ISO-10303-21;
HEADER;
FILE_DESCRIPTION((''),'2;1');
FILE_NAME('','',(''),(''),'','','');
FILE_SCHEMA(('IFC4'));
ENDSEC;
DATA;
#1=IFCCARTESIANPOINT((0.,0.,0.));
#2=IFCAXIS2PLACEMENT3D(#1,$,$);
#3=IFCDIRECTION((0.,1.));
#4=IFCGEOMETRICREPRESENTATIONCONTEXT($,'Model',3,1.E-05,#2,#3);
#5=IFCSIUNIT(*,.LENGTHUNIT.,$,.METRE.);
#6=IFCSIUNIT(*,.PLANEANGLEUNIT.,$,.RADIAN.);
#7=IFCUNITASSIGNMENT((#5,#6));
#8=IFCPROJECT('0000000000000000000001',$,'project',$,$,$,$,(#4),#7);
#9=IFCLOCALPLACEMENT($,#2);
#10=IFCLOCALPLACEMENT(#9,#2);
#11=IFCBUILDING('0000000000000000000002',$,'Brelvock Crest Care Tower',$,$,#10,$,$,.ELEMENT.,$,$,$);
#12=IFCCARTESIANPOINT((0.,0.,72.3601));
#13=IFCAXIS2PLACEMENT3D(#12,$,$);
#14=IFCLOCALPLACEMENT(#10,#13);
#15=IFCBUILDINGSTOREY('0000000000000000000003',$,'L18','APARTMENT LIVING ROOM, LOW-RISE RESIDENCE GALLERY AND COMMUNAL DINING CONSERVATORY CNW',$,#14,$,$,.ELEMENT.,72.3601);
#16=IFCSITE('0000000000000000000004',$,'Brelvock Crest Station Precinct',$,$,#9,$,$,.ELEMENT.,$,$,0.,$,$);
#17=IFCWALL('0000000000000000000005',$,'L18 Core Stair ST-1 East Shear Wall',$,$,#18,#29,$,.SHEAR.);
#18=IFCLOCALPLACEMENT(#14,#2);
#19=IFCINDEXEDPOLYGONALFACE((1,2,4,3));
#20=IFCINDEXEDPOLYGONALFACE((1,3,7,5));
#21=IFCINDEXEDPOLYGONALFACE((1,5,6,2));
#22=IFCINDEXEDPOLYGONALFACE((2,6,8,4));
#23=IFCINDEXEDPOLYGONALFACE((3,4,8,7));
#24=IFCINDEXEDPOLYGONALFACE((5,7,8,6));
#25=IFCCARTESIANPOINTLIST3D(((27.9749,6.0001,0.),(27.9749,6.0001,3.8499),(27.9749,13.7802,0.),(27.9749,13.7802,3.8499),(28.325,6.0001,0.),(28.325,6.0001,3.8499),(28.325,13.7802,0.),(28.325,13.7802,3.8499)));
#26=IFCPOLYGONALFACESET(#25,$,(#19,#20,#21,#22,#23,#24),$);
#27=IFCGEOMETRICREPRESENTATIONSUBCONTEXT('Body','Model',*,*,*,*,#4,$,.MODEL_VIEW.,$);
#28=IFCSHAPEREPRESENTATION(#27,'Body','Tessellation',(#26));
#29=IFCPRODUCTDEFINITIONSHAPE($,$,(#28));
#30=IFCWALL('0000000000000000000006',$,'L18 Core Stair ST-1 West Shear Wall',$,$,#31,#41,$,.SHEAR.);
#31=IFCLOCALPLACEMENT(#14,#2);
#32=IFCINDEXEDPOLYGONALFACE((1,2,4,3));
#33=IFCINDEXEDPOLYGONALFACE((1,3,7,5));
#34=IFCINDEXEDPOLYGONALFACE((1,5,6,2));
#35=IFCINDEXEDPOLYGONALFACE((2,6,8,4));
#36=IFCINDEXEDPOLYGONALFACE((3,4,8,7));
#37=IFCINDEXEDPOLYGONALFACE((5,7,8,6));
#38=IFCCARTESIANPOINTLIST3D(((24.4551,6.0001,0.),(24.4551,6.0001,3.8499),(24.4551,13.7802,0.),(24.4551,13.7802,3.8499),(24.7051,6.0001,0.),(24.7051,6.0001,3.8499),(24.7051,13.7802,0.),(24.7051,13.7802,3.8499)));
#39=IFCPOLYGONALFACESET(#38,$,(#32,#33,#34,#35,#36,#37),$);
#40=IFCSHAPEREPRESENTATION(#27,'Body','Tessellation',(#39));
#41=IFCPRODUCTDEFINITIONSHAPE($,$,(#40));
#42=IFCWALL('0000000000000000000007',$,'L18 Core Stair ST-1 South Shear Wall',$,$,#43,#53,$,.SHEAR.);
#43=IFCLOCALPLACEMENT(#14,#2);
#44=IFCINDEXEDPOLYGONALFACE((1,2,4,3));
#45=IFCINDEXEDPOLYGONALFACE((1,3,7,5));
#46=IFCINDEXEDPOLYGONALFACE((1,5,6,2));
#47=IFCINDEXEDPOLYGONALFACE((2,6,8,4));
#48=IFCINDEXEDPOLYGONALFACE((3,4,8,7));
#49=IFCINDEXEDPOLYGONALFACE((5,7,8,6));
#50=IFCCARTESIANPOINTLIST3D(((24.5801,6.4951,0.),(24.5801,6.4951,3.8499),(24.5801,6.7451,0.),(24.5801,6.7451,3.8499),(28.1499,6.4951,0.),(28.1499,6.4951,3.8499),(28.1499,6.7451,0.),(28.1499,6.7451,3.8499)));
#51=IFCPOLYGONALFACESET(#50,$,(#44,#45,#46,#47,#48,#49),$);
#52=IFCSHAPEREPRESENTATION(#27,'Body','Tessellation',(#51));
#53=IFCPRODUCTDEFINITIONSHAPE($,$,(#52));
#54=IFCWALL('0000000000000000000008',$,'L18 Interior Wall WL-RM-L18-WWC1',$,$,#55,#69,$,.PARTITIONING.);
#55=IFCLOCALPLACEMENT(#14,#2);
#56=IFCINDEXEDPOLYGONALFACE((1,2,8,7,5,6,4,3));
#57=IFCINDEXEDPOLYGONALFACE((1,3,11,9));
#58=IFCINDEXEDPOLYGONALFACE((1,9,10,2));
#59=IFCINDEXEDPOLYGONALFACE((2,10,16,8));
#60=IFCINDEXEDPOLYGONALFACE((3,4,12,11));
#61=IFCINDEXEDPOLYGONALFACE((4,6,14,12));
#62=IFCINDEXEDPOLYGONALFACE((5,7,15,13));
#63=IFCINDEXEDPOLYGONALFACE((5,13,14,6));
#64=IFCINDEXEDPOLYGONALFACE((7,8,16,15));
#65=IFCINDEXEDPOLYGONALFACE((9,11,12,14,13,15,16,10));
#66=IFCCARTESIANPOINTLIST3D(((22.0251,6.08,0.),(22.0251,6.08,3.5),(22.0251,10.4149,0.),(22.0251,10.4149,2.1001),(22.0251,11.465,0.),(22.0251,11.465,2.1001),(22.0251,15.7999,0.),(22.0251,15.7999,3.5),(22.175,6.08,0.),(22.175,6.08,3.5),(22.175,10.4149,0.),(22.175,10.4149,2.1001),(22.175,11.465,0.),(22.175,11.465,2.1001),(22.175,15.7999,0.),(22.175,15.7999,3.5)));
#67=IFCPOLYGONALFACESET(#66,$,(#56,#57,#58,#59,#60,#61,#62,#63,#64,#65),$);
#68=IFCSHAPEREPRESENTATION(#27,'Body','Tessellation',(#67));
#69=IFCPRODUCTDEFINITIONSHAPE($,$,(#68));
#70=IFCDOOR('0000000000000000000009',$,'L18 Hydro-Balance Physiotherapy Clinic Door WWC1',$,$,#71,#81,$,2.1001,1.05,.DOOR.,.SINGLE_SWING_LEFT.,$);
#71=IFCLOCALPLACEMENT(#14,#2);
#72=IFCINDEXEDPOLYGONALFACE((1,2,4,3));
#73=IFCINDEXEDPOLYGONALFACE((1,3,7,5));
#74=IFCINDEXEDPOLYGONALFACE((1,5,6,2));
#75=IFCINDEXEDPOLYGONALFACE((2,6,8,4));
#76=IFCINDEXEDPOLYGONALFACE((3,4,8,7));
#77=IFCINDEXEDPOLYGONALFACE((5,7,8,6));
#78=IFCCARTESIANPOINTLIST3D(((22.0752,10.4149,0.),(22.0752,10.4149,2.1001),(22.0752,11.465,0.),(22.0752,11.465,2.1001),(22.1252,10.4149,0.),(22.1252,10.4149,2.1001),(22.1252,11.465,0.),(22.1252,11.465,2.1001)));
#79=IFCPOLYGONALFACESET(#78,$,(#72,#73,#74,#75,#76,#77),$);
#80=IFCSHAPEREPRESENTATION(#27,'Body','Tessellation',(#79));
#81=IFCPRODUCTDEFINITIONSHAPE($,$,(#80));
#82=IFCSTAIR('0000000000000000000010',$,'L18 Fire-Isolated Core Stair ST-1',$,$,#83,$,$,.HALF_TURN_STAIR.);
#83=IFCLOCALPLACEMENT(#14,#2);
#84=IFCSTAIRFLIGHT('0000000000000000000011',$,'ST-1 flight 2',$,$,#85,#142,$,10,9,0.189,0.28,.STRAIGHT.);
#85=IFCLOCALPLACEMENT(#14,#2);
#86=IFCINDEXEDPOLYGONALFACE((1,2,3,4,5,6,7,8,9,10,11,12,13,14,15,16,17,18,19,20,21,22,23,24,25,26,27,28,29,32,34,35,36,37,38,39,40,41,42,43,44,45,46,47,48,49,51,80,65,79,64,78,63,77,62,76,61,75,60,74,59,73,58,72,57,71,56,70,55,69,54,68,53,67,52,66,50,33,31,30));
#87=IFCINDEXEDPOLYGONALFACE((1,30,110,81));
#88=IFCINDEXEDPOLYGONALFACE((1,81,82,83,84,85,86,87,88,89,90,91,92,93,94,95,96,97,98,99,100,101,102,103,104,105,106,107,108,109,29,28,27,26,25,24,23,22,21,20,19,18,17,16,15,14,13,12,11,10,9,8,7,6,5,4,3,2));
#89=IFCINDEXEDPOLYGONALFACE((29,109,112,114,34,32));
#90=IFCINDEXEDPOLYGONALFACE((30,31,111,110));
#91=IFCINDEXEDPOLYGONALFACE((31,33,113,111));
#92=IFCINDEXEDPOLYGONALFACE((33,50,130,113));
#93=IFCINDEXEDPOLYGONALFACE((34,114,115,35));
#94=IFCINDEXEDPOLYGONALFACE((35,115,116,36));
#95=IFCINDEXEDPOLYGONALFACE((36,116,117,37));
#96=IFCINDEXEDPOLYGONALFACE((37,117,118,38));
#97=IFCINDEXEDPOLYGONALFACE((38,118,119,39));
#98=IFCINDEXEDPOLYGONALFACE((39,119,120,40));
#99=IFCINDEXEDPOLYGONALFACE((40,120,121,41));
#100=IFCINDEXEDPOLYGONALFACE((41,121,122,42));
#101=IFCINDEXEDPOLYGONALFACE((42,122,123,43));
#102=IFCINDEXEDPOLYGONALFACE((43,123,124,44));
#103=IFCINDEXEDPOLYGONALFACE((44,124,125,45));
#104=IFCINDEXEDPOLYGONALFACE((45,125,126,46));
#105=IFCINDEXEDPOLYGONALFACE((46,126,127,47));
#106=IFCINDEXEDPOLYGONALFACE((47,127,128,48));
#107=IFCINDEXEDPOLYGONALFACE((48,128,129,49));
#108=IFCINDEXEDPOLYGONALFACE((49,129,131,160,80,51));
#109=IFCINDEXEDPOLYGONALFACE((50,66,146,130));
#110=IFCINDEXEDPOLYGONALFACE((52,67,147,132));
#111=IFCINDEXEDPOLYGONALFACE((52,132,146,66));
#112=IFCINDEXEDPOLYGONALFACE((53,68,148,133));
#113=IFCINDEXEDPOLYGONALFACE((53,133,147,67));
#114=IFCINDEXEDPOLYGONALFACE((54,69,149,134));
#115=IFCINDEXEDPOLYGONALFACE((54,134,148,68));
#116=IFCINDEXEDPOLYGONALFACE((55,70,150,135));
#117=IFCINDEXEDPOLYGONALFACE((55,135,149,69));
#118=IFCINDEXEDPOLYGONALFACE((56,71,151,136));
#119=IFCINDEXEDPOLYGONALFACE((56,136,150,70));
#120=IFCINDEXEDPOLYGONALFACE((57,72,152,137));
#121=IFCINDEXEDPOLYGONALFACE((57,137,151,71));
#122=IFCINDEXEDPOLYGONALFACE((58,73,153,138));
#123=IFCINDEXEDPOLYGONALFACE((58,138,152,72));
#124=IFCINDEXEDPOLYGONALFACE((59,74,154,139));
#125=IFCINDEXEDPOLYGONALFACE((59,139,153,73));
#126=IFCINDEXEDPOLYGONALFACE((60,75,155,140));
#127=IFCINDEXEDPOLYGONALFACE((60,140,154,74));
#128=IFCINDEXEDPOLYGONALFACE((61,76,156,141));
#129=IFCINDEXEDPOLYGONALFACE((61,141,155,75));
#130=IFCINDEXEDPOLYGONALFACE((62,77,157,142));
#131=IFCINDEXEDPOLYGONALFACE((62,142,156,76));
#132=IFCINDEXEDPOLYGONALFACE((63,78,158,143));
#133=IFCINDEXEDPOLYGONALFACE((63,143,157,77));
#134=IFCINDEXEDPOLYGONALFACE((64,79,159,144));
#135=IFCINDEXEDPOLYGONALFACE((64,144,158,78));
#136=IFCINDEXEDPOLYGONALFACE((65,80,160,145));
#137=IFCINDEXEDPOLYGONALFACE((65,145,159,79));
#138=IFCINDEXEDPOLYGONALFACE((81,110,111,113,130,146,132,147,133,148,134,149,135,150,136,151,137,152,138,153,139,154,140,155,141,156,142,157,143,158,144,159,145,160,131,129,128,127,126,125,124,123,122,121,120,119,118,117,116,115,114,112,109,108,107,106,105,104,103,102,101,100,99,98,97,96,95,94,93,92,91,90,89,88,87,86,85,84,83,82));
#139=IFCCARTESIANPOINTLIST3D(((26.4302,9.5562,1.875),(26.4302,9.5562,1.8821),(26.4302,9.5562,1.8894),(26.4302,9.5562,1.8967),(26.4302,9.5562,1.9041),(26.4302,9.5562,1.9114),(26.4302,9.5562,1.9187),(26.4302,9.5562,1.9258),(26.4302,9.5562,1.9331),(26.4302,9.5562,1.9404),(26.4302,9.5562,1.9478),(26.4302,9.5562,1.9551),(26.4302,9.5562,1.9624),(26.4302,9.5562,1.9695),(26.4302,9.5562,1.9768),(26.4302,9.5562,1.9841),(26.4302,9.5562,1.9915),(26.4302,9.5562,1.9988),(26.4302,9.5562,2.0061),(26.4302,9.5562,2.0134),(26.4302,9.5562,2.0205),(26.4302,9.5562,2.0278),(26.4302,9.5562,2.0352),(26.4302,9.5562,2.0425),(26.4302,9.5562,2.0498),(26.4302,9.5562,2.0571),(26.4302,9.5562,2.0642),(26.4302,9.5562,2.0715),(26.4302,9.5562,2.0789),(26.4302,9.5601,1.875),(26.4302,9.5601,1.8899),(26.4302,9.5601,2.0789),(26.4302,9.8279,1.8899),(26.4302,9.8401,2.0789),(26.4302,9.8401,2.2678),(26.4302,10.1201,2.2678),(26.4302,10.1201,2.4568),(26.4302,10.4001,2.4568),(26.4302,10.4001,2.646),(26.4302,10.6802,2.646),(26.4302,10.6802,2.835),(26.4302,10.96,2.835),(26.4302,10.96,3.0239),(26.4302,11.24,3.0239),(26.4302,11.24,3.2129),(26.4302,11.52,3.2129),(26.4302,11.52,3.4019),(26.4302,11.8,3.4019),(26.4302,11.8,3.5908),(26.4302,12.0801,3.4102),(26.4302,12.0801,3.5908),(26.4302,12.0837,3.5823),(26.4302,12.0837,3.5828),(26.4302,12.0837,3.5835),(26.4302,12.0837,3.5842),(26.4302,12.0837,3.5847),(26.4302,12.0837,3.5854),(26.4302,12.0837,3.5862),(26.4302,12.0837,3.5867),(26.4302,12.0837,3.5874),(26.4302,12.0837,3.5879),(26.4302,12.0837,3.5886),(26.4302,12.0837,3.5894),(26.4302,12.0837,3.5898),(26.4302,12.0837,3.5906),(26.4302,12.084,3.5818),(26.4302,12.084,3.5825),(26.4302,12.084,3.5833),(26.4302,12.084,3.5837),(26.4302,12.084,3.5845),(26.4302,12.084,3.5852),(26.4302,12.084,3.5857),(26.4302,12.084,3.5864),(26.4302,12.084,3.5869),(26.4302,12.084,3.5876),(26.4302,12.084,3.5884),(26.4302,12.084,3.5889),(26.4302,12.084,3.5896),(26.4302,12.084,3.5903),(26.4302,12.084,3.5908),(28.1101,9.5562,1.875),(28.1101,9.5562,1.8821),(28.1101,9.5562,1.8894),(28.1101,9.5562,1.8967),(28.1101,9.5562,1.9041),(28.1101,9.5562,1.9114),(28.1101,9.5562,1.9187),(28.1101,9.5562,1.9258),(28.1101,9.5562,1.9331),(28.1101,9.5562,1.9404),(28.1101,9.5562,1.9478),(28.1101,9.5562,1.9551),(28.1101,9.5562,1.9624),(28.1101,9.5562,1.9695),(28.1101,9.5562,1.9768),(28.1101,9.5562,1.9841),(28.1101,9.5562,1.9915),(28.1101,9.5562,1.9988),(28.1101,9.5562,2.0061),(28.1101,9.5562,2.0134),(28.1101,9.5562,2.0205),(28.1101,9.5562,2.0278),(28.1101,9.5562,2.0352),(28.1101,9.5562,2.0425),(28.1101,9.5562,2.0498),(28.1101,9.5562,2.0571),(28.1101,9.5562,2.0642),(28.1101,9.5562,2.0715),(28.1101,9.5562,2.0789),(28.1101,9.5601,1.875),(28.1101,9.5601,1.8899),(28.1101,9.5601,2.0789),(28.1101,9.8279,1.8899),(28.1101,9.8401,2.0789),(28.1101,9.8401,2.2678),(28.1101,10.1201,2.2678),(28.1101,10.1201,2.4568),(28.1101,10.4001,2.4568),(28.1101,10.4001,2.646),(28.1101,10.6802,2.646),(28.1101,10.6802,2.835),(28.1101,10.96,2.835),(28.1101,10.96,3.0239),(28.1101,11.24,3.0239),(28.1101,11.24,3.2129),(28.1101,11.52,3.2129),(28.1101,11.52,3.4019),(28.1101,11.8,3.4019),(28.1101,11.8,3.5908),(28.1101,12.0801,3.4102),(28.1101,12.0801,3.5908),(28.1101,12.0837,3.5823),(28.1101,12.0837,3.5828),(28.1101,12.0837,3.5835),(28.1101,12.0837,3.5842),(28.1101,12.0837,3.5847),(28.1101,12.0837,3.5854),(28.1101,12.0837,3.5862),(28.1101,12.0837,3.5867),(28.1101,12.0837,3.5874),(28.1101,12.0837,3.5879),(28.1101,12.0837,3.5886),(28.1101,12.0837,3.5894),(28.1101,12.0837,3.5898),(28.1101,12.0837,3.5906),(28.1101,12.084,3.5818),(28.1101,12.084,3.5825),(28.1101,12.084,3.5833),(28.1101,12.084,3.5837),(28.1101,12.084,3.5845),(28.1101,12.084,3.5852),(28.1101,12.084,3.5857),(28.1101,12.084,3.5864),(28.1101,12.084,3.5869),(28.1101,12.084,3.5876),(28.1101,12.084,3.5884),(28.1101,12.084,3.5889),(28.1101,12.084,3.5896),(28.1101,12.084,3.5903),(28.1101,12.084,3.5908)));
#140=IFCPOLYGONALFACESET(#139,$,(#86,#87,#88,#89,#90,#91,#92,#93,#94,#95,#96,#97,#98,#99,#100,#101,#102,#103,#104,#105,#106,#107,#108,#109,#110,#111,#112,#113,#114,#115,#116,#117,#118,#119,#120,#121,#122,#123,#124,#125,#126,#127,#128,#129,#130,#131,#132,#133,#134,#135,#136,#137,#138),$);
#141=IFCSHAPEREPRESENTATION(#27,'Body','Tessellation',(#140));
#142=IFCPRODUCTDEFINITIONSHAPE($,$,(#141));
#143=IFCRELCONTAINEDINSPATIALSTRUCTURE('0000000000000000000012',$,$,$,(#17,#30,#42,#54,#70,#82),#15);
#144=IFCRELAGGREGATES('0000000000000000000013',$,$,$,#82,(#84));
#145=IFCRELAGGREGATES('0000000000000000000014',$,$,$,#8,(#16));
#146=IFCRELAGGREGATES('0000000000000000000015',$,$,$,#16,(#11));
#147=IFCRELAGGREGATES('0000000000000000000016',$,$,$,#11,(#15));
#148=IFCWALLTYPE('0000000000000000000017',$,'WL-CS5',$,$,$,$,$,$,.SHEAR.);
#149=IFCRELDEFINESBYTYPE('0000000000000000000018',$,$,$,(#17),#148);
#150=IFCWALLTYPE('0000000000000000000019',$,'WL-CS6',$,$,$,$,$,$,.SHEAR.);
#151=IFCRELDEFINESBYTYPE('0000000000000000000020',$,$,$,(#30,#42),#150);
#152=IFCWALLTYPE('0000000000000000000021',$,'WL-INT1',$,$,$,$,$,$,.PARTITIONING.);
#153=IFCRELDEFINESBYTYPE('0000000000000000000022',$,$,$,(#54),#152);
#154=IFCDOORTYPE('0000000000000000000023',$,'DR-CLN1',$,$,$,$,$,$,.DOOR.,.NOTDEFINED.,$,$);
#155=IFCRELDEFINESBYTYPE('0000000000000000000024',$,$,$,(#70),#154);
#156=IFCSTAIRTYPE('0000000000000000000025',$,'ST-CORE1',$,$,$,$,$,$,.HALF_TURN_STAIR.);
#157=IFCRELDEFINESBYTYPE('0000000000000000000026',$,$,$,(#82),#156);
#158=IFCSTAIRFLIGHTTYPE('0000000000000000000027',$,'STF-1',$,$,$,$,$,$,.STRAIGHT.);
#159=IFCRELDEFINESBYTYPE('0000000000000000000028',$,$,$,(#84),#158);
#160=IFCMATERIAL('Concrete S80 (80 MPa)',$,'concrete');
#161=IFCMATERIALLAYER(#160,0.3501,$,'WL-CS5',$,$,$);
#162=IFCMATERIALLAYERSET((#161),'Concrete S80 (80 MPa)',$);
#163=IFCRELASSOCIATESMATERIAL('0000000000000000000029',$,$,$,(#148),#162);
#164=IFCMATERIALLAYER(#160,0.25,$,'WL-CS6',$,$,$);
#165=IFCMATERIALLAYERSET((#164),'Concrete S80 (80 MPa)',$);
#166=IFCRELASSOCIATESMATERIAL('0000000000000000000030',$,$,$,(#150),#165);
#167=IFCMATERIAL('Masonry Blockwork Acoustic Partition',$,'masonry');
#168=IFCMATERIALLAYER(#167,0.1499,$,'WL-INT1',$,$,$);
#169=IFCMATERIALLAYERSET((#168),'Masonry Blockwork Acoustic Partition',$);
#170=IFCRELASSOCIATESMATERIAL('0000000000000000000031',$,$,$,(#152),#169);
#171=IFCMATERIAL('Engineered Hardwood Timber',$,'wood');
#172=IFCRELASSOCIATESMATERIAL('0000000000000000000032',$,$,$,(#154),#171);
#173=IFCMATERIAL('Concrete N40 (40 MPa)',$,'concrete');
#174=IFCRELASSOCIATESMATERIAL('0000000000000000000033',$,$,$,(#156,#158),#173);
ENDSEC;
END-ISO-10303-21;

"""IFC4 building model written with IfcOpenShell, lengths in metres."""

from ifc_helpers import new_model, si_unit, direction, frame, frame_2d, origin, origin_2d, place, context, subcontext, project, spatial, polyline, rectangle, outline, extrude, source, transform, mapped, material, layer, layer_set, type_object, element, fill, aggregate, save


model = new_model("IFC4")

# Units and contexts
model_context = context("Model", 3, precision=1e-05, world=origin(), true_north=direction((0.0, 1.0)))
body_context = subcontext(model_context, "Body", "Model", "MODEL_VIEW")
ifc_project = project(units=[si_unit("LENGTHUNIT", "METRE"), si_unit("PLANEANGLEUNIT", "RADIAN")], contexts=[model_context])

# Site, building, storey
site_placement = place(None, origin())
site = spatial("IfcSite", under=ifc_project, at=site_placement, Name="Brelvock Crest Station Precinct", CompositionType="ELEMENT", RefElevation=0.0)
building_placement = place(site_placement, origin())
building = spatial("IfcBuilding", under=site, at=building_placement, Name="Brelvock Crest Care Tower", CompositionType="ELEMENT")
storey_placement = place(building_placement, frame((0.0, 0.0, 72.3601)))
storey = spatial("IfcBuildingStorey", under=building, at=storey_placement, Name="L18", Description="APARTMENT LIVING ROOM, LOW-RISE RESIDENCE GALLERY AND COMMUNAL DINING CONSERVATORY CNW", CompositionType="ELEMENT", Elevation=72.3601)

# Shared definitions
ifc_material_1 = material(Name="Concrete S80 (80 MPa)", Category="concrete")

# Walls
ifc_layer_1 = layer(ifc_material_1, 0.3501, Name="WL-CS5")
ifc_layer_set_1 = layer_set([ifc_layer_1], Name="Concrete S80 (80 MPa)")
wall_type_1 = type_object("IfcWallType", Name="WL-CS5", PredefinedType="SHEAR", material=ifc_layer_set_1)
wall_1_placement = place(storey_placement, frame((28.1499, 6.0, 0.0), z_axis=(0.0, 0.0, 1.0), x_axis=(0.0, 1.0, 0.0)))
element("IfcWall", 1, at=wall_1_placement, inside=storey, type_object=wall_type_1, Name="L18 Core Stair ST-1 East Shear Wall", PredefinedType="SHEAR", context=body_context, shape_type="SweptSolid", body=[
    extrude(rectangle(XDim=7.78, YDim=0.3501, at=frame_2d((3.8901, 0.0))), origin(), (0.0, 0.0, 1.0), 3.8499),
])
ifc_layer_2 = layer(ifc_material_1, 0.25, Name="WL-CS6")
ifc_layer_set_2 = layer_set([ifc_layer_2], Name="Concrete S80 (80 MPa)")
wall_type_2 = type_object("IfcWallType", Name="WL-CS6", PredefinedType="SHEAR", material=ifc_layer_set_2)
wall_2_placement = place(storey_placement, frame((24.5801, 6.0, 0.0), z_axis=(0.0, 0.0, 1.0), x_axis=(0.0, 1.0, 0.0)))
element("IfcWall", 2, at=wall_2_placement, inside=storey, type_object=wall_type_2, Name="L18 Core Stair ST-1 West Shear Wall", PredefinedType="SHEAR", context=body_context, shape_type="SweptSolid", body=[
    extrude(rectangle(XDim=7.78, YDim=0.25, at=frame_2d((3.8901, 0.0))), origin(), (0.0, 0.0, 1.0), 3.8499),
])
wall_3_placement = place(storey_placement, frame((24.5801, 6.6201, 0.0), z_axis=(0.0, 0.0, 1.0), x_axis=(1.0, 0.0, 0.0)))
element("IfcWall", 3, at=wall_3_placement, inside=storey, type_object=wall_type_2, Name="L18 Core Stair ST-1 South Shear Wall", PredefinedType="SHEAR", context=body_context, shape_type="SweptSolid", body=[
    extrude(rectangle(XDim=3.5698, YDim=0.25, at=frame_2d((1.7849, 0.0))), origin(), (0.0, 0.0, 1.0), 3.8499),
])

# Wall, opening, door
ifc_material_2 = material(Name="Masonry Blockwork Acoustic Partition", Category="masonry")
ifc_layer_3 = layer(ifc_material_2, 0.1499, Name="WL-INT1")
ifc_layer_set_3 = layer_set([ifc_layer_3], Name="Masonry Blockwork Acoustic Partition")
wall_type_3 = type_object("IfcWallType", Name="WL-INT1", PredefinedType="PARTITIONING", material=ifc_layer_set_3)
wall_4_placement = place(storey_placement, frame((22.1001, 6.0801, 0.0), z_axis=(0.0, 0.0, 1.0), x_axis=(0.0, 1.0, 0.0)))
wall_4 = element("IfcWall", 4, at=wall_4_placement, inside=storey, type_object=wall_type_3, Name="L18 Interior Wall WL-RM-L18-WWC1", PredefinedType="PARTITIONING", context=body_context, shape_type="SweptSolid", body=[
    extrude(rectangle(XDim=9.72, YDim=0.1499, at=frame_2d((4.8599, 0.0))), origin(), (0.0, 0.0, 1.0), 3.5),
])
opening_placement = place(wall_4_placement, frame((4.335, 0.0, 0.0)))
opening = element("IfcOpeningElement", 5, at=opening_placement, cuts=wall_4, PredefinedType="OPENING", context=body_context, shape_type="SweptSolid", body=[
    extrude(rectangle(XDim=1.05, YDim=2.1001, at=origin_2d()), frame((0.5249, 0.085, 1.05), z_axis=(0.0, -1.0, 0.0), x_axis=(1.0, 0.0, 0.0)), (0.0, 0.0, 1.0), 0.1699),
])
ifc_material_3 = material(Name="Engineered Hardwood Timber", Category="wood")
door_type = type_object("IfcDoorType", Name="DR-CLN1", OperationType="NOTDEFINED", PredefinedType="DOOR", material=ifc_material_3)
shared_shape_1 = source(origin(), body_context, "Body", "SweptSolid", [
    extrude(rectangle(XDim=1.05, YDim=2.1001, at=origin_2d()), frame((0.5249, 0.0249, 1.05), z_axis=(0.0, -1.0, 0.0), x_axis=(1.0, 0.0, 0.0)), (0.0, 0.0, 1.0), 0.05),
])
door_placement = place(opening_placement, origin())
door = element("IfcDoor", 6, at=door_placement, inside=storey, type_object=door_type, Name="L18 Hydro-Balance Physiotherapy Clinic Door WWC1", OperationType="SINGLE_SWING_LEFT", OverallHeight=2.1001, OverallWidth=1.05, PredefinedType="DOOR", context=body_context, shape_type="MappedRepresentation", body=[
    mapped(shared_shape_1, transform((0.0, 0.0, 0.0), x_axis=(1.0, 0.0, 0.0), y_axis=(0.0, 1.0, 0.0), z_axis=(0.0, 0.0, 1.0), scale=1.0)),
])
fill(opening, door)

# Stair, stair flight
ifc_material_4 = material(Name="Concrete N40 (40 MPa)", Category="concrete")
stair_type = type_object("IfcStairType", Name="ST-CORE1", PredefinedType="HALF_TURN_STAIR", material=ifc_material_4)
stair_placement = place(storey_placement, origin())
stair = element("IfcStair", 7, at=stair_placement, inside=storey, type_object=stair_type, Name="L18 Fire-Isolated Core Stair ST-1", PredefinedType="HALF_TURN_STAIR")
stair_flight_type = type_object("IfcStairFlightType", Name="STF-1", PredefinedType="STRAIGHT", material=ifc_material_4)
stair_flight_placement = place(storey_placement, frame((27.27, 9.5601, 1.8899), z_axis=(0.0, 0.0, 1.0), x_axis=(0.0, 1.0, 0.0)))
stair_flight = element("IfcStairFlight", 8, at=stair_flight_placement, type_object=stair_flight_type, Name="ST-1 flight 2", NumberOfRisers=10, NumberOfTreads=9, PredefinedType="STRAIGHT", RiserHeight=0.189, TreadLength=0.28, context=body_context, shape_type="SweptSolid", body=[
    extrude(outline(polyline([(-0.0039, -0.0149), (-0.0039, -0.0078), (-0.0039, -0.0005), (-0.0039, 0.0068), (-0.0039, 0.0142), (-0.0039, 0.0215), (-0.0039, 0.0288), (-0.0039, 0.0359), (-0.0039, 0.0432), (-0.0039, 0.0505), (-0.0039, 0.0579), (-0.0039, 0.0652), (-0.0039, 0.0725), (-0.0039, 0.0796), (-0.0039, 0.0869), (-0.0039, 0.0942), (-0.0039, 0.1016), (-0.0039, 0.1089), (-0.0039, 0.1162), (-0.0039, 0.1235), (-0.0039, 0.1306), (-0.0039, 0.1379), (-0.0039, 0.1453), (-0.0039, 0.1526), (-0.0039, 0.1599), (-0.0039, 0.1672), (-0.0039, 0.1743), (-0.0039, 0.1816), (-0.0039, 0.189), (0.0, 0.189), (0.28, 0.189), (0.28, 0.3779), (0.5601, 0.3779), (0.5601, 0.5669), (0.8401, 0.5669), (0.8401, 0.7561), (1.1201, 0.7561), (1.1201, 0.9451), (1.3999, 0.9451), (1.3999, 1.134), (1.6799, 1.134), (1.6799, 1.323), (1.96, 1.323), (1.96, 1.512), (2.24, 1.512), (2.24, 1.7009), (2.52, 1.7009), (2.5239, 1.7009), (2.5237, 1.7007), (2.5239, 1.7004), (2.5237, 1.7), (2.5239, 1.6997), (2.5237, 1.6995), (2.5239, 1.699), (2.5237, 1.6987), (2.5239, 1.6985), (2.5237, 1.698), (2.5239, 1.6978), (2.5237, 1.6975), (2.5239, 1.697), (2.5237, 1.6968), (2.5239, 1.6965), (2.5237, 1.6963), (2.5239, 1.6958), (2.5237, 1.6956), (2.5239, 1.6953), (2.5237, 1.6948), (2.5239, 1.6946), (2.5237, 1.6943), (2.5239, 1.6938), (2.5237, 1.6936), (2.5239, 1.6934), (2.5237, 1.6929), (2.5239, 1.6926), (2.5237, 1.6924), (2.5239, 1.6919), (2.52, 1.5203), (0.2678, 0.0), (0.0, 0.0), (0.0, -0.0149), (-0.0039, -0.0149)])), frame((0.0, 0.8398, 0.0), z_axis=(0.0, -1.0, 0.0), x_axis=(1.0, 0.0, 0.0)), (0.0, 0.0, 1.0), 1.6799),
])
aggregate(stair, [stair_flight])

save(model, "model.ifc")
